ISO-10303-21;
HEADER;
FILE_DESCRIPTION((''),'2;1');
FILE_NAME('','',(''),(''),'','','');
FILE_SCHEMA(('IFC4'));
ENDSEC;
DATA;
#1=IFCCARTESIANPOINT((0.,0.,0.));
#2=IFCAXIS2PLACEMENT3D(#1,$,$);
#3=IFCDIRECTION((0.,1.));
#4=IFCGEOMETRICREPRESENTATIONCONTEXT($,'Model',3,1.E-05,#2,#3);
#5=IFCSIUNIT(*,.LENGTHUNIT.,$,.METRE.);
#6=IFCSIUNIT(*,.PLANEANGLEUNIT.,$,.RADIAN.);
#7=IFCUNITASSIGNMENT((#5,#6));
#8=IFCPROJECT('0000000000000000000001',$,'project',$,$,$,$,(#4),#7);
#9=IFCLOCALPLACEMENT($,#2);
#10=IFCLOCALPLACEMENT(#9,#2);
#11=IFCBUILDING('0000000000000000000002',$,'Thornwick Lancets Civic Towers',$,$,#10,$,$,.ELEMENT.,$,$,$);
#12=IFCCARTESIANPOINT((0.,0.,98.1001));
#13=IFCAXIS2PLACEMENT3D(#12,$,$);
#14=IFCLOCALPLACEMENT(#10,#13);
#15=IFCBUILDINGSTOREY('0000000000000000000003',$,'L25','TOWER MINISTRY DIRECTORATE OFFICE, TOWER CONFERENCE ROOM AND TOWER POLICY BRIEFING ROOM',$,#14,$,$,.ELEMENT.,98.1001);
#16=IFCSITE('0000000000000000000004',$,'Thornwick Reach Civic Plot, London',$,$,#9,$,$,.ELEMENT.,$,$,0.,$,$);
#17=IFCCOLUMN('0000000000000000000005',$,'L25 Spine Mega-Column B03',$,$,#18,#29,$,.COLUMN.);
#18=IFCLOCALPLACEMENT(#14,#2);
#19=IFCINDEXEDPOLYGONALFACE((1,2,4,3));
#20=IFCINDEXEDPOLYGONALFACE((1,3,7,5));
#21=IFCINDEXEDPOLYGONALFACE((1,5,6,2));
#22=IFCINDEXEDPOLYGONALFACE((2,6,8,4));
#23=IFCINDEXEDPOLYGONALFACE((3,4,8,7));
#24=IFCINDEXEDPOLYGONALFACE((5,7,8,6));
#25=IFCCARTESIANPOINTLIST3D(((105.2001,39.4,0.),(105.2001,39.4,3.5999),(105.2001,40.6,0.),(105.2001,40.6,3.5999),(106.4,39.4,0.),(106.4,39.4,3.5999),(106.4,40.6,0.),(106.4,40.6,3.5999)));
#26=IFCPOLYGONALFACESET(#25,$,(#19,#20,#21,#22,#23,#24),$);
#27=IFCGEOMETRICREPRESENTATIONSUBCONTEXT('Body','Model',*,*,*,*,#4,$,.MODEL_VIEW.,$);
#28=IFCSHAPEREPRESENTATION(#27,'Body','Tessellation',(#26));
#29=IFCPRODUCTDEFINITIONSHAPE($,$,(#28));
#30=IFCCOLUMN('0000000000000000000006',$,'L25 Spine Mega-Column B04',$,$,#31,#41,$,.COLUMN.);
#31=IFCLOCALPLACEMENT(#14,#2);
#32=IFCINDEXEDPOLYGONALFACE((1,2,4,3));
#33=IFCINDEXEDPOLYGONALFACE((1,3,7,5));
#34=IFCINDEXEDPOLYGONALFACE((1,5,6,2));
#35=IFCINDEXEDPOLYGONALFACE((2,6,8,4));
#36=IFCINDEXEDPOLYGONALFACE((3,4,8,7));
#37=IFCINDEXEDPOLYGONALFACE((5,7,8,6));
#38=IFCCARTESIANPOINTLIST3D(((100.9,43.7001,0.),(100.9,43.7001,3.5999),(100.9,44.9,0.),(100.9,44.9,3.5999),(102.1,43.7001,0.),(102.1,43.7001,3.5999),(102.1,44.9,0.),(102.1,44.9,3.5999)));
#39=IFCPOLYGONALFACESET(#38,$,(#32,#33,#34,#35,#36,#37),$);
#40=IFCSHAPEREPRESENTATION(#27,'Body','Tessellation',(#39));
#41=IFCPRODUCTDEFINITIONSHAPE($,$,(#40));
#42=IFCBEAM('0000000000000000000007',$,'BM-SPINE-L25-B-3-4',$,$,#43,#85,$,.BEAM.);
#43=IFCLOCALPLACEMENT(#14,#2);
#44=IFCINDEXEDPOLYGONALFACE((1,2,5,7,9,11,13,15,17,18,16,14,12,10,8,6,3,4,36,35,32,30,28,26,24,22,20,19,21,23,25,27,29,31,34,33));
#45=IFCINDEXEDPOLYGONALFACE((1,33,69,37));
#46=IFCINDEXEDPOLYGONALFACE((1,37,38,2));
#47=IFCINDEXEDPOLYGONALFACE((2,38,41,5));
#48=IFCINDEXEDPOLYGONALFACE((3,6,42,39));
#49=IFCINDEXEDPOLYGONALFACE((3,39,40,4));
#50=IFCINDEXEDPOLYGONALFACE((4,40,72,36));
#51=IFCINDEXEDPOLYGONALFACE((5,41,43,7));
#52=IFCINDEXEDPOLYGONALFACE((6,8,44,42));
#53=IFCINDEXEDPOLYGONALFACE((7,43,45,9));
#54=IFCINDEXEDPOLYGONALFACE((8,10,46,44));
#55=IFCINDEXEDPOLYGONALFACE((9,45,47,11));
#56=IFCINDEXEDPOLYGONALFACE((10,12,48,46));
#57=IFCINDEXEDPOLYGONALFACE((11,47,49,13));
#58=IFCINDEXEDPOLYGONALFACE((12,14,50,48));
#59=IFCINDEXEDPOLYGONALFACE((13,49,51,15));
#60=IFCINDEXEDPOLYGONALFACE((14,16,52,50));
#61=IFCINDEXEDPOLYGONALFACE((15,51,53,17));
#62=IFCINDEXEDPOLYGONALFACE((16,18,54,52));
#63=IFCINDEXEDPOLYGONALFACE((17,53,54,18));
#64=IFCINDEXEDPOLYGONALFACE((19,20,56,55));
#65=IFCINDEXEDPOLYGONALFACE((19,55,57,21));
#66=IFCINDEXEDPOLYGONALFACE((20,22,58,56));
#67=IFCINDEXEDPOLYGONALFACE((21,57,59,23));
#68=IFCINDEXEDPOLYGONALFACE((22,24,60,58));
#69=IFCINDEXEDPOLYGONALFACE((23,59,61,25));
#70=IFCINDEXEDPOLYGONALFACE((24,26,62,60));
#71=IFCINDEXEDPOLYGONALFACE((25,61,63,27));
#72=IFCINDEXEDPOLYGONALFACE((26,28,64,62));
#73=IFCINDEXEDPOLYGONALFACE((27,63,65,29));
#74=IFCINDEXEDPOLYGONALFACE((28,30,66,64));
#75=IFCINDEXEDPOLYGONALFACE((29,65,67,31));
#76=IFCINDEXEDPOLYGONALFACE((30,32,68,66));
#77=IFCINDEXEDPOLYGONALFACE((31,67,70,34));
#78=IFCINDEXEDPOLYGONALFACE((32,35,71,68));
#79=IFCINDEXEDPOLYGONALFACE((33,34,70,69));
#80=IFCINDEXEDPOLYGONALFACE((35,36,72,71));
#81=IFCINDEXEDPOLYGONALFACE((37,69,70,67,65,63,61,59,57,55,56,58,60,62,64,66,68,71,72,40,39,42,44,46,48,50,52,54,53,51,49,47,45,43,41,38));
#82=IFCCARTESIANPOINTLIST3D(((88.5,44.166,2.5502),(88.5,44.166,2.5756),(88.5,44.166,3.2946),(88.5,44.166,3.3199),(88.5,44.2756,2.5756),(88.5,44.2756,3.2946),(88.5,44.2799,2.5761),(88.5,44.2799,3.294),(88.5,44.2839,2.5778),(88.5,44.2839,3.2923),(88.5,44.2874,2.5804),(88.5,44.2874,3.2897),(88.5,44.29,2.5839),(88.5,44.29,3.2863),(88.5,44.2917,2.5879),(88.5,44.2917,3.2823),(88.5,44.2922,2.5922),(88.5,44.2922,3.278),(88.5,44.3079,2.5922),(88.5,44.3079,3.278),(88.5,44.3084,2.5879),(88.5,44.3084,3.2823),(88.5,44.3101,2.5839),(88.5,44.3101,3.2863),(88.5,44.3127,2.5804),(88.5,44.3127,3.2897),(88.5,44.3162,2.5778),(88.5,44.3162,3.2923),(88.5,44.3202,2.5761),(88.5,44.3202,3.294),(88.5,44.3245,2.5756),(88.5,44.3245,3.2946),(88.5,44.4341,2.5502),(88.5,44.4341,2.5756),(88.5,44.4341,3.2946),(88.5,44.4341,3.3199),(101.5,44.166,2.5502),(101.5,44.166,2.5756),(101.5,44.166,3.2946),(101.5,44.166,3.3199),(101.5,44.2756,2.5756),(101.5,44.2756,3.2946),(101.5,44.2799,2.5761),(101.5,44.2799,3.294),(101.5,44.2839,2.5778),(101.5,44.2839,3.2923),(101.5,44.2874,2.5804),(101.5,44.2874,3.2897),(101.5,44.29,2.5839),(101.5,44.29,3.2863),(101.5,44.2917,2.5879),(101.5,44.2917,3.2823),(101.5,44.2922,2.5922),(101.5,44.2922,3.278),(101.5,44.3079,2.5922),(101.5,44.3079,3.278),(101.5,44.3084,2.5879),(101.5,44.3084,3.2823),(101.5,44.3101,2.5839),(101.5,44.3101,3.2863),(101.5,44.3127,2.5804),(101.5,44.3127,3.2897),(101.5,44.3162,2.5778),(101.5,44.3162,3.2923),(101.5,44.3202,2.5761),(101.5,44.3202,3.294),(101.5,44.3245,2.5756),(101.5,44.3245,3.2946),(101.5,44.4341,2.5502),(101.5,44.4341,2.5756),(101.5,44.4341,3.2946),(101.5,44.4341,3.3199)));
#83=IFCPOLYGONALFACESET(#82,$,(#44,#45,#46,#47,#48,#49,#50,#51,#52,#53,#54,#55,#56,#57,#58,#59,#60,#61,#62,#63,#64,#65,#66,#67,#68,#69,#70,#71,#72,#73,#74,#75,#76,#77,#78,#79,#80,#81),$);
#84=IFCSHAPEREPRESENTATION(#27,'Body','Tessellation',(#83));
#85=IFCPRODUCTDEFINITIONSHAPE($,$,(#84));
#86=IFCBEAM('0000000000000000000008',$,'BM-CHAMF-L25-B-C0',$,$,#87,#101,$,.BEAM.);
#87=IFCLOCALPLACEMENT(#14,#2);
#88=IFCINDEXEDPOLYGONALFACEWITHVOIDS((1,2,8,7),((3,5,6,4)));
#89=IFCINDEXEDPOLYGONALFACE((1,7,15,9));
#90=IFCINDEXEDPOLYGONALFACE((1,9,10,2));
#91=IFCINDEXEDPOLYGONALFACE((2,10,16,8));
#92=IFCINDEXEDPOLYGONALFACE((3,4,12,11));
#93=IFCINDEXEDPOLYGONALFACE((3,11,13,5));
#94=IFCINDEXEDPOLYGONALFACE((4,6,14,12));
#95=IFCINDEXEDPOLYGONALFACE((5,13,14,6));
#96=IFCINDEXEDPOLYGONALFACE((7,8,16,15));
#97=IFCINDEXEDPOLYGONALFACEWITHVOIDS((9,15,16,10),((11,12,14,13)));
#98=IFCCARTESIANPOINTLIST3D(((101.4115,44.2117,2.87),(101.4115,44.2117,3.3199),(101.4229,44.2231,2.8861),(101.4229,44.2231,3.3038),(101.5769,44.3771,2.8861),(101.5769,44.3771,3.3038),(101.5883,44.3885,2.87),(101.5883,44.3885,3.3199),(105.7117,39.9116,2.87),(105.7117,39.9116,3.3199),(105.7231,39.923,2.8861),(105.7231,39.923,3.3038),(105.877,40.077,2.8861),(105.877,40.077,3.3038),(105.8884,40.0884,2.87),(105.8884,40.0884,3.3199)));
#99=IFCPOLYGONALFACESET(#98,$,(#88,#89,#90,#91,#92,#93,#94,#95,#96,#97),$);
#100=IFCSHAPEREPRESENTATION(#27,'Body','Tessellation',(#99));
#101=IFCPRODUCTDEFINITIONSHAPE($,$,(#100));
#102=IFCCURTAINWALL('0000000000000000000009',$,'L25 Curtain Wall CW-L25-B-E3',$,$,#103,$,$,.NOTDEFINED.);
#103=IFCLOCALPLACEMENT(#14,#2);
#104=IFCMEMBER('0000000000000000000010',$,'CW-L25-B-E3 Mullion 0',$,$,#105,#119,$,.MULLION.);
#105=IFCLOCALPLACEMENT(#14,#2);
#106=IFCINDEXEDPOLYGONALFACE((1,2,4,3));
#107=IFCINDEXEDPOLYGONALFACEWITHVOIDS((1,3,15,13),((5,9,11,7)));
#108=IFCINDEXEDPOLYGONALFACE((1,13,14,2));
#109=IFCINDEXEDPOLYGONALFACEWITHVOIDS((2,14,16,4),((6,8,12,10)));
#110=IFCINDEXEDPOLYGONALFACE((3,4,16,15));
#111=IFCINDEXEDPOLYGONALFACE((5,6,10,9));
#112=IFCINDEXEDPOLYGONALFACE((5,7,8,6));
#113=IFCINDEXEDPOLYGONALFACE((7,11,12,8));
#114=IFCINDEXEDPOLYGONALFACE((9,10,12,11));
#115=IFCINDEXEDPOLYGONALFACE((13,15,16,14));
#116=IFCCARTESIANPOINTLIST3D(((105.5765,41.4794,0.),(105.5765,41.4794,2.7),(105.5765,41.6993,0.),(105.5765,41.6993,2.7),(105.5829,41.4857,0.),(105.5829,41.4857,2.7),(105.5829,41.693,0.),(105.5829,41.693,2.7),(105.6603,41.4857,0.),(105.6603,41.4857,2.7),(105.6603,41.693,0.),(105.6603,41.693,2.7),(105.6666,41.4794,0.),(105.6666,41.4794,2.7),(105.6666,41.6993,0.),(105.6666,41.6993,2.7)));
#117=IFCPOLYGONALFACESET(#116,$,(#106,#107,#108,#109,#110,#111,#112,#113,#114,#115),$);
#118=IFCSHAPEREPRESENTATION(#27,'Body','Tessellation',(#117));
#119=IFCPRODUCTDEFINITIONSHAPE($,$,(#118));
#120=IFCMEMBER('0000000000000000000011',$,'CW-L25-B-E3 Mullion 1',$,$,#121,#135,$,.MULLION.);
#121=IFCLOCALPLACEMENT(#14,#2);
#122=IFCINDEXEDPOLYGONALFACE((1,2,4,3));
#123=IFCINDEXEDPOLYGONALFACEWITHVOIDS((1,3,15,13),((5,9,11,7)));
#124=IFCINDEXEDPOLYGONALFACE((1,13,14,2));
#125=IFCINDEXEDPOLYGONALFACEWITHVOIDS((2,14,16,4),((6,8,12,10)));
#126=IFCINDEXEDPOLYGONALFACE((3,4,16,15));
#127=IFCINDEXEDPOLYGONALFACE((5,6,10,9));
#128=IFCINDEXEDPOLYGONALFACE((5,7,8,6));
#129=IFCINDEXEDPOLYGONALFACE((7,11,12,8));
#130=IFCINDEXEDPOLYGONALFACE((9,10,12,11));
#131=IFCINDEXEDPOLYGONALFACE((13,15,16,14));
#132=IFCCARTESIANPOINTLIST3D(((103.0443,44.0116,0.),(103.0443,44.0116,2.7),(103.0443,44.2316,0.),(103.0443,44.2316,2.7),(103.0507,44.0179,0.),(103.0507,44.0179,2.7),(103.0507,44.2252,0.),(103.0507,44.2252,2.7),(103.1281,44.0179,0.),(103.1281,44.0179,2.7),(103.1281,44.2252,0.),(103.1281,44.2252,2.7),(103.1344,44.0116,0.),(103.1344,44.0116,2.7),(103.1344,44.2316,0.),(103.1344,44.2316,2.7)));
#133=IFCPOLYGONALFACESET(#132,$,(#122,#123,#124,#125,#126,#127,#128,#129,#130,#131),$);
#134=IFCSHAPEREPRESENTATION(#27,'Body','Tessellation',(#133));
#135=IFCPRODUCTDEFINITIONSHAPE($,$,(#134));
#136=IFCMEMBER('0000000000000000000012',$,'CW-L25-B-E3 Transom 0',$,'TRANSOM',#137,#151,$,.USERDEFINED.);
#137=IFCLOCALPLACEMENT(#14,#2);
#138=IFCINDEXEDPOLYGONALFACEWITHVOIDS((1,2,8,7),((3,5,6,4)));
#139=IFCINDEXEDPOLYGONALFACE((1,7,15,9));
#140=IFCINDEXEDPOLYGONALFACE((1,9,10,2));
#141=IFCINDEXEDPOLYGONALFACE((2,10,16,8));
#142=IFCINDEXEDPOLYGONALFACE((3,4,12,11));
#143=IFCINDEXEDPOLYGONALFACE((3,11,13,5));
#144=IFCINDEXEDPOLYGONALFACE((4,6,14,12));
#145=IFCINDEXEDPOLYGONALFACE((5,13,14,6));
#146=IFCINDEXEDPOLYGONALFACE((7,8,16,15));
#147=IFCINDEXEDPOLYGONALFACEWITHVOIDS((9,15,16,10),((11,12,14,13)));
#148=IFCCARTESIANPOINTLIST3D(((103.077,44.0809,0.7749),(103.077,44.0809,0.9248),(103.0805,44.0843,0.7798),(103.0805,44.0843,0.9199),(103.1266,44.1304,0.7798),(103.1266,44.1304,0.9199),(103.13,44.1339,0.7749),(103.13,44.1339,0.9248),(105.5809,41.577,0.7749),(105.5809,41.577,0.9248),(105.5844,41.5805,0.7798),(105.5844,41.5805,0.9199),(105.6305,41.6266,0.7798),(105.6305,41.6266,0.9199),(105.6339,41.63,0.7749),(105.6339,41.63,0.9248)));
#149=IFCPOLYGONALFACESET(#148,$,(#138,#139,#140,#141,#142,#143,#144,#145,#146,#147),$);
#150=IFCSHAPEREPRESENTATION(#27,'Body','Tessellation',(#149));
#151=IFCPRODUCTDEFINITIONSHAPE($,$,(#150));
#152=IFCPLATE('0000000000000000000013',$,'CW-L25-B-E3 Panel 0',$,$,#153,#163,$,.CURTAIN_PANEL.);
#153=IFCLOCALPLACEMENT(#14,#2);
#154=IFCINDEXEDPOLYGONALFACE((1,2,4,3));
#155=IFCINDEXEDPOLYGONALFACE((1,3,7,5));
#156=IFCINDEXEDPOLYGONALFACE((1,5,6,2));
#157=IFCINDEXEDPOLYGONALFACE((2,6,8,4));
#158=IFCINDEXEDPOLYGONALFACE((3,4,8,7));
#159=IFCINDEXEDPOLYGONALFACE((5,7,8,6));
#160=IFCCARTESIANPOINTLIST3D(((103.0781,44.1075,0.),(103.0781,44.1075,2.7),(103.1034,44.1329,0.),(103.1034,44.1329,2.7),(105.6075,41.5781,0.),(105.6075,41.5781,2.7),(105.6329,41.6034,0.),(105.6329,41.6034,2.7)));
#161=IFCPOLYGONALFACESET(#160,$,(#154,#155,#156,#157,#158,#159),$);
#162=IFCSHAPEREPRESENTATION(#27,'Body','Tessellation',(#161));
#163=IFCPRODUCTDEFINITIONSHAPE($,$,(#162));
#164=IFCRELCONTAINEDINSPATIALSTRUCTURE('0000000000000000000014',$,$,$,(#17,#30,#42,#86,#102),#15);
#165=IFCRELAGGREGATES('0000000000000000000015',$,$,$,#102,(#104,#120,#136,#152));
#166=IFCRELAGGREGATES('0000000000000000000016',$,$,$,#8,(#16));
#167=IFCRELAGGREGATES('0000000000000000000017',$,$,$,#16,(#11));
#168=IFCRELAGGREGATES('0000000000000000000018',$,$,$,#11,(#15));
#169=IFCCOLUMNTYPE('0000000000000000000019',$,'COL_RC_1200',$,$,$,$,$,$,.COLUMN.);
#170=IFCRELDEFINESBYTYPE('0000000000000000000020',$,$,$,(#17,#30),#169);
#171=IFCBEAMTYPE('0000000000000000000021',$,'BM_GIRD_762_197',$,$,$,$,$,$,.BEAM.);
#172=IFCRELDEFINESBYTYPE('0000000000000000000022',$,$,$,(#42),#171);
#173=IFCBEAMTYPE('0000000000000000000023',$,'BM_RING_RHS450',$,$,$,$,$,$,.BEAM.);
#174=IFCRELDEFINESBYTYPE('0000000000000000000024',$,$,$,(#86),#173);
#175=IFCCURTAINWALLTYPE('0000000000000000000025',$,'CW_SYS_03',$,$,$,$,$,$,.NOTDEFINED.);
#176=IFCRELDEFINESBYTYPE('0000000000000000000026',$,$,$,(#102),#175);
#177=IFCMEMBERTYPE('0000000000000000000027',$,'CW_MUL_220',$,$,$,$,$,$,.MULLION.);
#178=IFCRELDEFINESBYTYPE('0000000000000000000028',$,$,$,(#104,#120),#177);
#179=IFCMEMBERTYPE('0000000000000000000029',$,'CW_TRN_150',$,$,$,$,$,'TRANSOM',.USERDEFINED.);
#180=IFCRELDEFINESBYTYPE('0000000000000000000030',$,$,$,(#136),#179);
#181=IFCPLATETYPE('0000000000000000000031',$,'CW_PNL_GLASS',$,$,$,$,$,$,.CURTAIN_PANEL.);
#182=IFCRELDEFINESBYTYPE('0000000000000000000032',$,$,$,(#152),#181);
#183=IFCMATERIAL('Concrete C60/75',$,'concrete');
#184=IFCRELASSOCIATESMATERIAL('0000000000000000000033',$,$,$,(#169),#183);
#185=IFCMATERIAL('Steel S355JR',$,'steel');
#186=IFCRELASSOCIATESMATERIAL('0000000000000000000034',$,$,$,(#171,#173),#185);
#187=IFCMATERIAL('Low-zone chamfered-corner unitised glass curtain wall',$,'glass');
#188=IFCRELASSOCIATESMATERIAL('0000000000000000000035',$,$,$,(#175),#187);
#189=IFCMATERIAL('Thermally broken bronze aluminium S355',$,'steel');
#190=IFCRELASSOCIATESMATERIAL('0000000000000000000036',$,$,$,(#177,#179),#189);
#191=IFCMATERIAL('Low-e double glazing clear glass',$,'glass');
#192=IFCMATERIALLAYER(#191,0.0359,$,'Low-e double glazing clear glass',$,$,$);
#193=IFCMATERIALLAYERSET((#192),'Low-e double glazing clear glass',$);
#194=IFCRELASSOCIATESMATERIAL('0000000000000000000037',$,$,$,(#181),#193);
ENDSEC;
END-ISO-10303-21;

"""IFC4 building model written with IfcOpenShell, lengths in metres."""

from ifc_helpers import new_model, si_unit, direction, frame, origin, origin_2d, place, context, subcontext, project, spatial, rectangle, hollow_rectangle, i_section, extrude, material, layer, layer_set, material_profile, profile_set, type_object, element, aggregate, save


model = new_model("IFC4")

# Units and contexts
model_context = context("Model", 3, precision=1e-05, world=origin(), true_north=direction((0.0, 1.0)))
body_context = subcontext(model_context, "Body", "Model", "MODEL_VIEW")
ifc_project = project(units=[si_unit("LENGTHUNIT", "METRE"), si_unit("PLANEANGLEUNIT", "RADIAN")], contexts=[model_context])

# Site, building, storey
site_placement = place(None, origin())
site = spatial("IfcSite", under=ifc_project, at=site_placement, Name="Thornwick Reach Civic Plot, London", CompositionType="ELEMENT", RefElevation=0.0)
building_placement = place(site_placement, origin())
building = spatial("IfcBuilding", under=site, at=building_placement, Name="Thornwick Lancets Civic Towers", CompositionType="ELEMENT")
storey_placement = place(building_placement, frame((0.0, 0.0, 98.1001)))
storey = spatial("IfcBuildingStorey", under=building, at=storey_placement, Name="L25", Description="TOWER MINISTRY DIRECTORATE OFFICE, TOWER CONFERENCE ROOM AND TOWER POLICY BRIEFING ROOM", CompositionType="ELEMENT", Elevation=98.1001)

# Columns
ifc_material_1 = material(Name="Concrete C60/75", Category="concrete")
ifc_material_profile_1 = material_profile(ifc_material_1, rectangle(XDim=1.2, YDim=1.2, at=origin_2d()), Name="RC 1200x1200")
ifc_profile_set_1 = profile_set([ifc_material_profile_1], Name="Concrete C60/75")
column_type = type_object("IfcColumnType", Name="COL_RC_1200", PredefinedType="COLUMN", material=ifc_profile_set_1)
for number, where, z_axis, x_axis, name in (
    (1, (105.8, 40.0, 0.0), (0.0, 0.0, 1.0), (1.0, 0.0, 0.0), "L25 Spine Mega-Column B03"),
    (2, (101.5, 44.3, 0.0), (0.0, 0.0, 1.0), (1.0, 0.0, 0.0), "L25 Spine Mega-Column B04"),
):
    element("IfcColumn", number, at=place(storey_placement, frame(where, z_axis=z_axis, x_axis=x_axis)), inside=storey, type_object=column_type, Name=name, PredefinedType="COLUMN", context=body_context, shape_type="SweptSolid", body=[
        extrude(rectangle(XDim=1.2, YDim=1.2, at=origin_2d()), origin(), (0.0, 0.0, 1.0), 3.5999),
    ])

# Beams
ifc_material_2 = material(Name="Steel S355JR", Category="steel")
ifc_material_profile_2 = material_profile(ifc_material_2, i_section(OverallWidth=0.2681, OverallDepth=0.7698, WebThickness=0.0156, FlangeThickness=0.0254, FilletRadius=0.0166, at=origin_2d()), Name="UKB 762x267x197")
ifc_profile_set_2 = profile_set([ifc_material_profile_2], Name="Steel S355JR")
beam_type_1 = type_object("IfcBeamType", Name="BM_GIRD_762_197", PredefinedType="BEAM", material=ifc_profile_set_2)
beam_1_placement = place(storey_placement, frame((101.5, 44.3, 2.9351), z_axis=(-1.0, 0.0, 0.0), x_axis=(0.0, -1.0, 0.0)))
element("IfcBeam", 3, at=beam_1_placement, inside=storey, type_object=beam_type_1, Name="BM-SPINE-L25-B-3-4", PredefinedType="BEAM", context=body_context, shape_type="SweptSolid", body=[
    extrude(i_section(OverallWidth=0.2681, OverallDepth=0.7698, WebThickness=0.0156, FlangeThickness=0.0254, FilletRadius=0.0166, at=origin_2d()), origin(), (0.0, 0.0, 1.0), 13.0),
])
ifc_material_profile_3 = material_profile(ifc_material_2, hollow_rectangle(XDim=0.25, YDim=0.45, WallThickness=0.0161, at=origin_2d()), Name="RHS 450x250x16")
ifc_profile_set_3 = profile_set([ifc_material_profile_3], Name="Steel S355JR")
beam_type_2 = type_object("IfcBeamType", Name="BM_RING_RHS450", PredefinedType="BEAM", material=ifc_profile_set_3)
beam_2_placement = place(storey_placement, frame((105.8, 40.0, 3.095), z_axis=(-0.707107, 0.707107, 0.0), x_axis=(-0.707107, -0.707107, 0.0)))
element("IfcBeam", 4, at=beam_2_placement, inside=storey, type_object=beam_type_2, Name="BM-CHAMF-L25-B-C0", PredefinedType="BEAM", context=body_context, shape_type="SweptSolid", body=[
    extrude(hollow_rectangle(XDim=0.25, YDim=0.45, WallThickness=0.0161, at=origin_2d()), origin(), (0.0, 0.0, 1.0), 6.0813),
])

# Curtain wall, members, plate
ifc_material_3 = material(Name="Low-zone chamfered-corner unitised glass curtain wall", Category="glass")
curtain_wall_type = type_object("IfcCurtainWallType", Name="CW_SYS_03", PredefinedType="NOTDEFINED", material=ifc_material_3)
curtain_wall_placement = place(storey_placement, origin())
curtain_wall = element("IfcCurtainWall", 5, at=curtain_wall_placement, inside=storey, type_object=curtain_wall_type, Name="L25 Curtain Wall CW-L25-B-E3", PredefinedType="NOTDEFINED")
ifc_material_4 = material(Name="Thermally broken bronze aluminium S355", Category="steel")
ifc_material_profile_4 = material_profile(ifc_material_4, hollow_rectangle(XDim=0.0901, YDim=0.22, WallThickness=0.0063, at=origin_2d()), Name="RHS 220x90x6.3")
ifc_profile_set_4 = profile_set([ifc_material_profile_4], Name="Thermally broken bronze aluminium S355")
member_type_1 = type_object("IfcMemberType", Name="CW_MUL_220", PredefinedType="MULLION", material=ifc_profile_set_4)
member_1_placement = place(storey_placement, frame((105.6216, 41.5894, 0.0), z_axis=(0.0, 0.0, 1.0), x_axis=(1.0, 0.0, 0.0)))
member_1 = element("IfcMember", 6, at=member_1_placement, type_object=member_type_1, Name="CW-L25-B-E3 Mullion 0", PredefinedType="MULLION", context=body_context, shape_type="SweptSolid", body=[
    extrude(hollow_rectangle(XDim=0.0901, YDim=0.22, WallThickness=0.0063, at=origin_2d()), origin(), (0.0, 0.0, 1.0), 2.7),
])
member_2_placement = place(storey_placement, frame((103.0894, 44.1216, 0.0), z_axis=(0.0, 0.0, 1.0), x_axis=(1.0, 0.0, 0.0)))
member_2 = element("IfcMember", 7, at=member_2_placement, type_object=member_type_1, Name="CW-L25-B-E3 Mullion 1", PredefinedType="MULLION", context=body_context, shape_type="SweptSolid", body=[
    extrude(hollow_rectangle(XDim=0.0901, YDim=0.22, WallThickness=0.0063, at=origin_2d()), origin(), (0.0, 0.0, 1.0), 2.7),
])
ifc_material_profile_5 = material_profile(ifc_material_4, hollow_rectangle(XDim=0.075, YDim=0.1499, WallThickness=0.0049, at=origin_2d()), Name="RHS 150x75x5")
ifc_profile_set_5 = profile_set([ifc_material_profile_5], Name="Thermally broken bronze aluminium S355")
member_type_2 = type_object("IfcMemberType", Name="CW_TRN_150", ElementType="TRANSOM", PredefinedType="USERDEFINED", material=ifc_profile_set_5)
member_3_placement = place(storey_placement, frame((105.6074, 41.6035, 0.8499), z_axis=(-0.707107, 0.707107, 0.0), x_axis=(-0.707107, -0.707107, 0.0)))
member_3 = element("IfcMember", 8, at=member_3_placement, type_object=member_type_2, Name="CW-L25-B-E3 Transom 0", ObjectType="TRANSOM", PredefinedType="USERDEFINED", context=body_context, shape_type="SweptSolid", body=[
    extrude(hollow_rectangle(XDim=0.075, YDim=0.1499, WallThickness=0.0049, at=origin_2d()), origin(), (0.0, 0.0, 1.0), 3.541),
])
ifc_material_5 = material(Name="Low-e double glazing clear glass", Category="glass")
ifc_layer_1 = layer(ifc_material_5, 0.0359, Name="Low-e double glazing clear glass")
ifc_layer_set_1 = layer_set([ifc_layer_1], Name="Low-e double glazing clear glass")
plate_type = type_object("IfcPlateType", Name="CW_PNL_GLASS", PredefinedType="CURTAIN_PANEL", material=ifc_layer_set_1)
plate_placement = place(storey_placement, frame((104.3555, 42.8555, 0.0), z_axis=(0.0, 0.0, 1.0), x_axis=(-0.707107, 0.707107, 0.0)))
plate = element("IfcPlate", 9, at=plate_placement, type_object=plate_type, Name="CW-L25-B-E3 Panel 0", PredefinedType="CURTAIN_PANEL", context=body_context, shape_type="SweptSolid", body=[
    extrude(rectangle(XDim=3.5771, YDim=0.0359, at=origin_2d()), origin(), (0.0, 0.0, 1.0), 2.7),
])
aggregate(curtain_wall, [member_1, member_2, member_3, plate])

save(model, "model.ifc")
